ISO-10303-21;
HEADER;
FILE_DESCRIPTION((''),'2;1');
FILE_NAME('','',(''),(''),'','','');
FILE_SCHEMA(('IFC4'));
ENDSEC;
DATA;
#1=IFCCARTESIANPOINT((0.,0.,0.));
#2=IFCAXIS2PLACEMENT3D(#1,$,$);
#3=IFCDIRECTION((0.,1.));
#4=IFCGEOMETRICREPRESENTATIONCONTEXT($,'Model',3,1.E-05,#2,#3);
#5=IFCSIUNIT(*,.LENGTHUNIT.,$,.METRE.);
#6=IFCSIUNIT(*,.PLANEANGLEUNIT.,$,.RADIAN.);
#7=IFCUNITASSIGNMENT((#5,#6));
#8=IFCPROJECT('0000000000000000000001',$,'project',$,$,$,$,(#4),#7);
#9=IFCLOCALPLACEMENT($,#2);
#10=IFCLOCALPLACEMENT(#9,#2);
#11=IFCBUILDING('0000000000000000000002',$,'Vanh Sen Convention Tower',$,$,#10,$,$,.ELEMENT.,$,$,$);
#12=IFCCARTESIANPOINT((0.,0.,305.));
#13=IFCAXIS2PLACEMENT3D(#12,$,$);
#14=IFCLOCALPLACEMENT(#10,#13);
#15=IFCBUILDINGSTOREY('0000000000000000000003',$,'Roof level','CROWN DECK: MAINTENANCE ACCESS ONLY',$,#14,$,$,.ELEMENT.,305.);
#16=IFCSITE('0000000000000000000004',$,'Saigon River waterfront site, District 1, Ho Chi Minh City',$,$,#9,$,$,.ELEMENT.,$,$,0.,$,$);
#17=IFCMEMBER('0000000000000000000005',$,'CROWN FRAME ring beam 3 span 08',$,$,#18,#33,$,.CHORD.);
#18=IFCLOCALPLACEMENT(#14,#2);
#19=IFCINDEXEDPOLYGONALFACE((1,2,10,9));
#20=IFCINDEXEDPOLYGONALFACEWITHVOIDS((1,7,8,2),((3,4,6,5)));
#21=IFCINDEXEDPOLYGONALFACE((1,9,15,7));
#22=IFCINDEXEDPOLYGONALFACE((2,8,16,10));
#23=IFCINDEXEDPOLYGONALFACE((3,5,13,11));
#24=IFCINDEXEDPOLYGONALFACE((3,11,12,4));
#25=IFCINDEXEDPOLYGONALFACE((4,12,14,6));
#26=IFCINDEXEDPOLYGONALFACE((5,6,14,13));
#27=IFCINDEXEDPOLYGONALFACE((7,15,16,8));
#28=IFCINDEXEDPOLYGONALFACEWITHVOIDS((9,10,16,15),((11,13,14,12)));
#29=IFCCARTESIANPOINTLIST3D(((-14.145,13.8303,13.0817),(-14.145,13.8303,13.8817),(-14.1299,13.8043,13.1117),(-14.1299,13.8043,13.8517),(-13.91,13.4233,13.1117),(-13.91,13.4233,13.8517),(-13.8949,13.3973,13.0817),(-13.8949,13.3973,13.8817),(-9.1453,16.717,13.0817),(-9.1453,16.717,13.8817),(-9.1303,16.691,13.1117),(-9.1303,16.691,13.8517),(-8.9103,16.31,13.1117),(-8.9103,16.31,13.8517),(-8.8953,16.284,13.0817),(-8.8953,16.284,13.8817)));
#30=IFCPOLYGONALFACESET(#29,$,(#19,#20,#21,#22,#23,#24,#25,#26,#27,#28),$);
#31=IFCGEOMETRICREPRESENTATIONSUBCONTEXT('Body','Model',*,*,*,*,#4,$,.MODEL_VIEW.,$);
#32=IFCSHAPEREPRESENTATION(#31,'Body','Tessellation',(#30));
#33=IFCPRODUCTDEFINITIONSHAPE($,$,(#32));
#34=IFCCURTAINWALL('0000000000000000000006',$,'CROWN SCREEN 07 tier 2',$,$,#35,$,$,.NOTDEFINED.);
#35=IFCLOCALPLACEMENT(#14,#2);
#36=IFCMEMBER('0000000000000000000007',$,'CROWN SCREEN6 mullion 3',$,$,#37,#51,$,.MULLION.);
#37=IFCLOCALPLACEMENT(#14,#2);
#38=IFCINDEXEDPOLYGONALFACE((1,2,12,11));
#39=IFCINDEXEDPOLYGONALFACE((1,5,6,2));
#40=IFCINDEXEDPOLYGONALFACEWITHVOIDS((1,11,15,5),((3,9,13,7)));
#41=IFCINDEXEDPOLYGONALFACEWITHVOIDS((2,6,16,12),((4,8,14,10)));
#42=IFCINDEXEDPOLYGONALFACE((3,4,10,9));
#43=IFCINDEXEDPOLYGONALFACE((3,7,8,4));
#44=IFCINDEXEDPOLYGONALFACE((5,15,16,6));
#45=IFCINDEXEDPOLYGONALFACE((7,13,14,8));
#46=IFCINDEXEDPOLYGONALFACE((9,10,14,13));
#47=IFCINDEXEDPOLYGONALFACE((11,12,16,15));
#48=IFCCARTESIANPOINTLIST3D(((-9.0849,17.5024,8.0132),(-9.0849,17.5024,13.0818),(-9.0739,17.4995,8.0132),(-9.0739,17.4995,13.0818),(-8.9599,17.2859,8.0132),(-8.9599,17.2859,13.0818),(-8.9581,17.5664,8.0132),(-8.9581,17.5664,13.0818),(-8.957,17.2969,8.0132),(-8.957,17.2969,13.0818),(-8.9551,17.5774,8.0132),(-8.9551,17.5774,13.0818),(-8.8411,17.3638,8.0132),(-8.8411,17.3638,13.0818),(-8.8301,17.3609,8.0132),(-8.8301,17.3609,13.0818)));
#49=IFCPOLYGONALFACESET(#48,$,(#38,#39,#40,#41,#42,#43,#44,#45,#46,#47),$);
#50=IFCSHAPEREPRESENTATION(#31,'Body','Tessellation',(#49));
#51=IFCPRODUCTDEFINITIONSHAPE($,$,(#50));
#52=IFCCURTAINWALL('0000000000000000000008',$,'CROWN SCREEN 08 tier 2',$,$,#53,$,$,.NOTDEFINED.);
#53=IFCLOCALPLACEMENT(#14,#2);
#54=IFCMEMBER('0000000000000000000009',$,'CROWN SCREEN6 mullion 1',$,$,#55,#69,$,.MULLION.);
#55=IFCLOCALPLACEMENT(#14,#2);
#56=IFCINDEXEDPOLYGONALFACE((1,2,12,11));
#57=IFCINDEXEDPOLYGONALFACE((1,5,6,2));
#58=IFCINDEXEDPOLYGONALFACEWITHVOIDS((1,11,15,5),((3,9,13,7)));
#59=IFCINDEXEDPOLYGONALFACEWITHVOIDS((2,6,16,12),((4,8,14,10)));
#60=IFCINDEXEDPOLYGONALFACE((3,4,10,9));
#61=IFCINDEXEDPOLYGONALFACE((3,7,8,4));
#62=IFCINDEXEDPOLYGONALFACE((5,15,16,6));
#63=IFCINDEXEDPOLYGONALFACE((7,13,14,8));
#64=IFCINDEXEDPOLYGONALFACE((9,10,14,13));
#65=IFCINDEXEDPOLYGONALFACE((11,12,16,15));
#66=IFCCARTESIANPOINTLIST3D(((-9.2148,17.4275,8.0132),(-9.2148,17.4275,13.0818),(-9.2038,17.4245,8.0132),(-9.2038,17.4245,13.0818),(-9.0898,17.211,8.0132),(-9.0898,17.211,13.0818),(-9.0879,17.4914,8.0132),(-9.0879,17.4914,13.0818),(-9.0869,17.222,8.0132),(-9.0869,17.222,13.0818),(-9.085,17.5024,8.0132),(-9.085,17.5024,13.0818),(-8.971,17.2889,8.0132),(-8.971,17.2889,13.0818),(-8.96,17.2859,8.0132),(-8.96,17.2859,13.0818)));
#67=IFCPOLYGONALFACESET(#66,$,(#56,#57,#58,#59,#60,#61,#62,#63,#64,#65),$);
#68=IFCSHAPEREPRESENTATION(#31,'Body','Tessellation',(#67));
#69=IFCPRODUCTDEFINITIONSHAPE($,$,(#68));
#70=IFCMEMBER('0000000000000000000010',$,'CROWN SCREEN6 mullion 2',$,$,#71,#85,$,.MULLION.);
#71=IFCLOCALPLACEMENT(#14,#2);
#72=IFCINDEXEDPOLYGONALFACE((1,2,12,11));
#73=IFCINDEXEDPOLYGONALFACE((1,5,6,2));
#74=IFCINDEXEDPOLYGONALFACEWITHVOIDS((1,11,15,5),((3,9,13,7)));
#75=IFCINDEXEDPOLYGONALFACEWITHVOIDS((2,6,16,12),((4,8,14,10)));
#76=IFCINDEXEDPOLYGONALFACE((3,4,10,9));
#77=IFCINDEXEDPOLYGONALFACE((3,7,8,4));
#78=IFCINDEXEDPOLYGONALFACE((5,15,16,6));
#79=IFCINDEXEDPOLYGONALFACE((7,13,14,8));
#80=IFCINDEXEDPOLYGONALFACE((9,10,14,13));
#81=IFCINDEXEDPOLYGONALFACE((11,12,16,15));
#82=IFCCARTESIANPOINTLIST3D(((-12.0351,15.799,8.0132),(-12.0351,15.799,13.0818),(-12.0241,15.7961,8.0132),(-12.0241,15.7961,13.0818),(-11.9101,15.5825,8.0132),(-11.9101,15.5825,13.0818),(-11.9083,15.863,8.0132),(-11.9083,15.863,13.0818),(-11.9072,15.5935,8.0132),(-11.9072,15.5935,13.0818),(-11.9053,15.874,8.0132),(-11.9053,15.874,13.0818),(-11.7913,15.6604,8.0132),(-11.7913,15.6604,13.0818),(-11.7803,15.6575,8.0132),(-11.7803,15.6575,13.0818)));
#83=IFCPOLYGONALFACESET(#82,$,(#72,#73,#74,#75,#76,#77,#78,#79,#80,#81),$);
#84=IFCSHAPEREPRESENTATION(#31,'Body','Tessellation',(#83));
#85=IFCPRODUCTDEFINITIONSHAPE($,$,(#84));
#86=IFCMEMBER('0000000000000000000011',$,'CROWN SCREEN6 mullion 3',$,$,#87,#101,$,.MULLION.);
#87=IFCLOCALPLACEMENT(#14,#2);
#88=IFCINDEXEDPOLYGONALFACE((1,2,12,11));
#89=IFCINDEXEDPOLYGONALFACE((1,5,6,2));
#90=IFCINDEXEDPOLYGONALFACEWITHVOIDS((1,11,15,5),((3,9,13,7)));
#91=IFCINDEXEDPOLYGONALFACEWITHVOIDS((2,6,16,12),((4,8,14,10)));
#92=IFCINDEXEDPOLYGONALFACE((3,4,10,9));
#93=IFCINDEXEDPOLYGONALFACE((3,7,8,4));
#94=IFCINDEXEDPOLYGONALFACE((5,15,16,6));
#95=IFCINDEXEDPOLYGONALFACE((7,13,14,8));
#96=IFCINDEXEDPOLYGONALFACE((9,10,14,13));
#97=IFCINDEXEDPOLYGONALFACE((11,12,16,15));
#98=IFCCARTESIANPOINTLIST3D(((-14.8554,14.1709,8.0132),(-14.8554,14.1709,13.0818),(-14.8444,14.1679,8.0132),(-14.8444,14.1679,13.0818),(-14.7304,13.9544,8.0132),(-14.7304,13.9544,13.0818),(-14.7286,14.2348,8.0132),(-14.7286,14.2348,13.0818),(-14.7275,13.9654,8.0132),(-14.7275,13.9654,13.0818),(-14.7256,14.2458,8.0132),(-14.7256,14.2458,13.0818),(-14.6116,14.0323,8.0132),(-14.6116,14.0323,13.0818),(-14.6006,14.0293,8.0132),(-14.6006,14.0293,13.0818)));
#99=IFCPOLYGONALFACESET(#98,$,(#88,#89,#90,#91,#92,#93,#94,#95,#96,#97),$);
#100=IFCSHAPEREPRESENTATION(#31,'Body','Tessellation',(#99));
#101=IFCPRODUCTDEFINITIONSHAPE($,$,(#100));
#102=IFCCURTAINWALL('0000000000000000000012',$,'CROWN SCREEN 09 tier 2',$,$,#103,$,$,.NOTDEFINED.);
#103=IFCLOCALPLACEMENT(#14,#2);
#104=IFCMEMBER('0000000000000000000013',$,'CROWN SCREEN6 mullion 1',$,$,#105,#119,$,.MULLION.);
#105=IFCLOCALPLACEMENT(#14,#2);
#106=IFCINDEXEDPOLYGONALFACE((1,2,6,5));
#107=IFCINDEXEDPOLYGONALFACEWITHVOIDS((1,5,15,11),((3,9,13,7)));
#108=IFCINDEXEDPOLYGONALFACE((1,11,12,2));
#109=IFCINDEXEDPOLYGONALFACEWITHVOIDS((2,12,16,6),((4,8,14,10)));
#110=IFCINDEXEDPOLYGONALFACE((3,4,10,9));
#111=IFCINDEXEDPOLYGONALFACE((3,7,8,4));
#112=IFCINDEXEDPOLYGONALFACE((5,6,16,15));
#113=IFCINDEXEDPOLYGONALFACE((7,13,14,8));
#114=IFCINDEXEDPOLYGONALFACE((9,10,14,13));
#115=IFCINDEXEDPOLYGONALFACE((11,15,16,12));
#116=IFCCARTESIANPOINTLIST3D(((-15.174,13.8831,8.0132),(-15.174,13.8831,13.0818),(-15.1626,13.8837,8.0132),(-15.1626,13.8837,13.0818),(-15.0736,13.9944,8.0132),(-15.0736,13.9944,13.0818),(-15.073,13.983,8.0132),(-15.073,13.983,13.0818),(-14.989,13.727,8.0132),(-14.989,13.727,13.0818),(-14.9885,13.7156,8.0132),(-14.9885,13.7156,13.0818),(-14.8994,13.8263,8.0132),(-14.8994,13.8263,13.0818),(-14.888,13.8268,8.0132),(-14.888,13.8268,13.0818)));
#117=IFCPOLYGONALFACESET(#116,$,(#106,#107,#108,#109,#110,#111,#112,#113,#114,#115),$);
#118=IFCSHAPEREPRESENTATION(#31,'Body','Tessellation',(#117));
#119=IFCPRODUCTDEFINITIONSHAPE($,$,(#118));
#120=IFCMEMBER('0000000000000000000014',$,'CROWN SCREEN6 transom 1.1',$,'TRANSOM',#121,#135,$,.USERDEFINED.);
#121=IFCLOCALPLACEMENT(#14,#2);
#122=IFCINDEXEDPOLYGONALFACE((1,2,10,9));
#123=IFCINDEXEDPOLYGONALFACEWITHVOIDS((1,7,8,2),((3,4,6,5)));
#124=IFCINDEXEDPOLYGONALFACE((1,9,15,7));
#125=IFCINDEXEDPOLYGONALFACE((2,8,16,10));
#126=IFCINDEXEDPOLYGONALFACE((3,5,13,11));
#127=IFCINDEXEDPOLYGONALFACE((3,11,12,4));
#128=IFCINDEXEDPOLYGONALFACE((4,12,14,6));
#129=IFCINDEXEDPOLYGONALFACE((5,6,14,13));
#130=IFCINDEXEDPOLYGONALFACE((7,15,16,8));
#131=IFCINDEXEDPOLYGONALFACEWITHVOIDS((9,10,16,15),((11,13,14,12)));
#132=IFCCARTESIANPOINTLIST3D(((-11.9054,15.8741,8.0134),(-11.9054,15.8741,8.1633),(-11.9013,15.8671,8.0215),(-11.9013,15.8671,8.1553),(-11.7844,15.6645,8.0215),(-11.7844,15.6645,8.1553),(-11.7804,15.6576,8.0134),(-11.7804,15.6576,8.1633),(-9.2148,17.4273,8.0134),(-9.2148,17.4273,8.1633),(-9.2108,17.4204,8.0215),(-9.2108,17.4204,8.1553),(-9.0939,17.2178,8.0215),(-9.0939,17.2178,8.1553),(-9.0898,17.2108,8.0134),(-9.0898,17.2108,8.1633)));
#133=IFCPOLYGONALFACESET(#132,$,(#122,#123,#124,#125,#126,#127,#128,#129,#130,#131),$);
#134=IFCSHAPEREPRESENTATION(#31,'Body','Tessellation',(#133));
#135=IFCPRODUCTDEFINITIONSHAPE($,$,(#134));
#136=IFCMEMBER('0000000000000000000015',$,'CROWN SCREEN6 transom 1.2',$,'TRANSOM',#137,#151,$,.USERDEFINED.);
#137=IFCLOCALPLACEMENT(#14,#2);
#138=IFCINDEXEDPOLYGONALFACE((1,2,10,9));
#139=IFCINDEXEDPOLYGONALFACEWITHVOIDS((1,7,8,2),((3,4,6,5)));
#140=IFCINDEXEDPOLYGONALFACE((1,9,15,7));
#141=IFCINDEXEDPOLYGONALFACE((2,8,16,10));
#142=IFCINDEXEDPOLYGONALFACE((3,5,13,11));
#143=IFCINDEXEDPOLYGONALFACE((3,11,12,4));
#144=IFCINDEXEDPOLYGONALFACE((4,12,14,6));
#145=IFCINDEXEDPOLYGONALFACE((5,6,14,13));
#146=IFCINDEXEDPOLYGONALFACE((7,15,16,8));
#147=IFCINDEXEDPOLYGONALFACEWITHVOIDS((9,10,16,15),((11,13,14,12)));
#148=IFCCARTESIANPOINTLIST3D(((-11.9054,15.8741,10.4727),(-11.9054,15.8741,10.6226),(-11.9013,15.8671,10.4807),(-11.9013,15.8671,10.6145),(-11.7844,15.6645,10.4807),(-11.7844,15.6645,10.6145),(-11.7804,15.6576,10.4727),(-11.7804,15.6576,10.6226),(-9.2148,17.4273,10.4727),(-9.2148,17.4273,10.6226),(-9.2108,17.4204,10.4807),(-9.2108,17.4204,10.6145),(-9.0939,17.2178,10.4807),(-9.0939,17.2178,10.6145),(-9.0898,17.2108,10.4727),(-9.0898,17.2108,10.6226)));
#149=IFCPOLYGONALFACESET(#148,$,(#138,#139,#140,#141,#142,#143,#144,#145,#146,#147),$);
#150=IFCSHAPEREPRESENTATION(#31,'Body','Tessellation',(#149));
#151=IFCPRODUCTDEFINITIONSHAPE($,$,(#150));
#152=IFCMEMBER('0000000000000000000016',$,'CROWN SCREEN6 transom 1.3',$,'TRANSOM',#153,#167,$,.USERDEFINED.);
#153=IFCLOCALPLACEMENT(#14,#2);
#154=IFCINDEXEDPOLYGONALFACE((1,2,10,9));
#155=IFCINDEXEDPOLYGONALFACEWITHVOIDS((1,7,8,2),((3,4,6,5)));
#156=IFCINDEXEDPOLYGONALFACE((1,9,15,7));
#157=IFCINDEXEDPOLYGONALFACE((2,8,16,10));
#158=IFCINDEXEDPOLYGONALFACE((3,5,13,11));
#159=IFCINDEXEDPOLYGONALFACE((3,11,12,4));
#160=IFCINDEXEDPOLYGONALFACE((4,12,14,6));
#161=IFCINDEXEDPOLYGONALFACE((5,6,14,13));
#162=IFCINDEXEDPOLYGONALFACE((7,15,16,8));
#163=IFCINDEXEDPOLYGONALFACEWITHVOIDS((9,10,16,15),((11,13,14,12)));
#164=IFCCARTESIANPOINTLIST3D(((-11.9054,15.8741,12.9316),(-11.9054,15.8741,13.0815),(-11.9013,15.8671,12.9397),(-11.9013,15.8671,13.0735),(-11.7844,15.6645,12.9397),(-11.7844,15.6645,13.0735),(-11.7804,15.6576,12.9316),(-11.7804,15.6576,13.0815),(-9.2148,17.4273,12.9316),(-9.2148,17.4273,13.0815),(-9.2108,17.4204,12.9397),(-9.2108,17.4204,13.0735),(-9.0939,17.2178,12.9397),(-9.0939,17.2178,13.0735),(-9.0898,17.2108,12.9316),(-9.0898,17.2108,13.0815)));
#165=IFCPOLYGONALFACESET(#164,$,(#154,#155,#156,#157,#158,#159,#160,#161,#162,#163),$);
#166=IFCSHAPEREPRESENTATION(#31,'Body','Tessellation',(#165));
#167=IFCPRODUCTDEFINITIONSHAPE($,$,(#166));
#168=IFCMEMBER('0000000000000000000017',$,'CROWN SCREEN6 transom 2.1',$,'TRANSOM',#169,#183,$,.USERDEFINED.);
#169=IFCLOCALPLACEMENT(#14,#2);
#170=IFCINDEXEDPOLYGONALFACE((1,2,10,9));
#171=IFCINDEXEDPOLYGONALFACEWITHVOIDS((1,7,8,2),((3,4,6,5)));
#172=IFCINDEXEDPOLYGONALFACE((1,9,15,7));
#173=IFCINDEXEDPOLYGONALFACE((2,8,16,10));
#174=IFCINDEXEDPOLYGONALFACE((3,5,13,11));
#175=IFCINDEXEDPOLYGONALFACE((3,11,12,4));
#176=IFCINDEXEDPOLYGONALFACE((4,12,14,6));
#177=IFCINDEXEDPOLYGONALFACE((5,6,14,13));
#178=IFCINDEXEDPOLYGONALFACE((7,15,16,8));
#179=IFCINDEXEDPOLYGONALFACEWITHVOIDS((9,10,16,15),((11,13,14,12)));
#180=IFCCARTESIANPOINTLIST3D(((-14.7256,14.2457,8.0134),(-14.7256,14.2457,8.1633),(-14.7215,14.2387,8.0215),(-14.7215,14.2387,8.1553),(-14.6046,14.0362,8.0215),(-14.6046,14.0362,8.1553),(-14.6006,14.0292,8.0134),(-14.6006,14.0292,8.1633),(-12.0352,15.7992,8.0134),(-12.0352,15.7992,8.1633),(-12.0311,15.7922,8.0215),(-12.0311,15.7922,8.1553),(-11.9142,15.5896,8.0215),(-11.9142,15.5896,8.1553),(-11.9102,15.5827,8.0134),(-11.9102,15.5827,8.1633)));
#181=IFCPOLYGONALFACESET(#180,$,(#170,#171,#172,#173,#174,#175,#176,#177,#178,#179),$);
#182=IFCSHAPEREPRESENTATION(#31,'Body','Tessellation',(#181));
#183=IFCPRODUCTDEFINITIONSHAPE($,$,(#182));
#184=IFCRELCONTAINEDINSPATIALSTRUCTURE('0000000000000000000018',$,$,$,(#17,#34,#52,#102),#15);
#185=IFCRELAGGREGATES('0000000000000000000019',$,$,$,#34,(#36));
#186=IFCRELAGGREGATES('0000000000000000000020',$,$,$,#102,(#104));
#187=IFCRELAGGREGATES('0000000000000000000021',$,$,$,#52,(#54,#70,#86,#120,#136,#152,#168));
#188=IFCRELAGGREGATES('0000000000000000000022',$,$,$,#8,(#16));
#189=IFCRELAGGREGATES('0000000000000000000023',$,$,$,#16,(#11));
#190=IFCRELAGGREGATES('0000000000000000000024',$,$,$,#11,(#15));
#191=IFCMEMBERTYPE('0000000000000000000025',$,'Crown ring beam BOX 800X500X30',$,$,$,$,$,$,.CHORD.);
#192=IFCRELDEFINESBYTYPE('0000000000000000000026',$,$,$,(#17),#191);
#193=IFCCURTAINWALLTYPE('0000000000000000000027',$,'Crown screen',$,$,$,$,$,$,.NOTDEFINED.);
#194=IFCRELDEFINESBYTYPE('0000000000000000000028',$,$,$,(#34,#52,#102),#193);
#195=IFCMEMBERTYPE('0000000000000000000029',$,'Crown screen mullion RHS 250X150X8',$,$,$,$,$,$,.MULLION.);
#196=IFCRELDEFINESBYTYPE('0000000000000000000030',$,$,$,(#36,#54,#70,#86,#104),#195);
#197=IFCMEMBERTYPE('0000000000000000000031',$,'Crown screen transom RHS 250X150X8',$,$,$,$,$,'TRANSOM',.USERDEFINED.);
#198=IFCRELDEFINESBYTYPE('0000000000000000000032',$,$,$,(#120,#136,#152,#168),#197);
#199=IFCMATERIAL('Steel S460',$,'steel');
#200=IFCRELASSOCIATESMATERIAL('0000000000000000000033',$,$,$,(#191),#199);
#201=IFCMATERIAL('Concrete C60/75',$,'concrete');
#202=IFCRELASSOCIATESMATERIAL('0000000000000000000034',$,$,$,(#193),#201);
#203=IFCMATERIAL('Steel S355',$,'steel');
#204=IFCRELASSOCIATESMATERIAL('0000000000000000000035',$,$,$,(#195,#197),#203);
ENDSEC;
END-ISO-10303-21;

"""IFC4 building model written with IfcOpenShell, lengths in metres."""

from ifc_helpers import new_model, si_unit, direction, frame, origin, origin_2d, place, context, subcontext, project, spatial, hollow_rectangle, extrude, material, material_profile, profile_set, type_object, element, aggregate, save


model = new_model("IFC4")

# Units and contexts
model_context = context("Model", 3, precision=1e-05, world=origin(), true_north=direction((0.0, 1.0)))
body_context = subcontext(model_context, "Body", "Model", "MODEL_VIEW")
ifc_project = project(units=[si_unit("LENGTHUNIT", "METRE"), si_unit("PLANEANGLEUNIT", "RADIAN")], contexts=[model_context])

# Site, building, storey
site_placement = place(None, origin())
site = spatial("IfcSite", under=ifc_project, at=site_placement, Name="Saigon River waterfront site, District 1, Ho Chi Minh City", CompositionType="ELEMENT", RefElevation=0.0)
building_placement = place(site_placement, origin())
building = spatial("IfcBuilding", under=site, at=building_placement, Name="Vanh Sen Convention Tower", CompositionType="ELEMENT")
storey_placement = place(building_placement, frame((0.0, 0.0, 305.0)))
storey = spatial("IfcBuildingStorey", under=building, at=storey_placement, Name="Roof level", Description="CROWN DECK: MAINTENANCE ACCESS ONLY", CompositionType="ELEMENT", Elevation=305.0)

# Member
ifc_material_1 = material(Name="Steel S460", Category="steel")
ifc_material_profile_1 = material_profile(ifc_material_1, hollow_rectangle(XDim=0.5, YDim=0.8, WallThickness=0.03, at=origin_2d()), Name="BOX 800X500X30")
ifc_profile_set_1 = profile_set([ifc_material_profile_1], Name="Steel S460")
member_type_1 = type_object("IfcMemberType", Name="Crown ring beam BOX 800X500X30", PredefinedType="CHORD", material=ifc_profile_set_1)
member_1_placement = place(storey_placement, frame((-9.0203, 16.5005, 13.4817), z_axis=(-0.866017, -0.500014, 0.0), x_axis=(0.500014, -0.866017, 0.0)))
element("IfcMember", 1, at=member_1_placement, inside=storey, type_object=member_type_1, Name="CROWN FRAME ring beam 3 span 08", PredefinedType="CHORD", context=body_context, shape_type="SweptSolid", body=[
    extrude(hollow_rectangle(XDim=0.5, YDim=0.8, WallThickness=0.03, at=origin_2d()), origin(), (0.0, 0.0, 1.0), 5.7732),
])

# Curtain wall, member
ifc_material_2 = material(Name="Concrete C60/75", Category="concrete")
curtain_wall_type = type_object("IfcCurtainWallType", Name="Crown screen", PredefinedType="NOTDEFINED", material=ifc_material_2)
curtain_wall_1_placement = place(storey_placement, origin())
curtain_wall_1 = element("IfcCurtainWall", 2, at=curtain_wall_1_placement, inside=storey, type_object=curtain_wall_type, Name="CROWN SCREEN 07 tier 2", PredefinedType="NOTDEFINED")
ifc_material_3 = material(Name="Steel S355", Category="steel")
ifc_material_profile_2 = material_profile(ifc_material_3, hollow_rectangle(XDim=0.25, YDim=0.1499, WallThickness=0.0081, at=origin_2d()), Name="RHS 250X150X8")
ifc_profile_set_2 = profile_set([ifc_material_profile_2], Name="Steel S355")
member_type_2 = type_object("IfcMemberType", Name="Crown screen mullion RHS 250X150X8", PredefinedType="MULLION", material=ifc_profile_set_2)
member_2_placement = place(storey_placement, frame((-8.9575, 17.4316, 8.0132), z_axis=(0.0, 0.0, 1.0), x_axis=(0.500005, -0.866023, 0.0)))
member_2 = element("IfcMember", 3, at=member_2_placement, type_object=member_type_2, Name="CROWN SCREEN6 mullion 3", PredefinedType="MULLION", context=body_context, shape_type="SweptSolid", body=[
    extrude(hollow_rectangle(XDim=0.25, YDim=0.1499, WallThickness=0.0081, at=origin_2d()), origin(), (0.0, 0.0, 1.0), 5.0686),
])
aggregate(curtain_wall_1, [member_2])

# Curtain wall, members
curtain_wall_2_placement = place(storey_placement, origin())
curtain_wall_2 = element("IfcCurtainWall", 4, at=curtain_wall_2_placement, inside=storey, type_object=curtain_wall_type, Name="CROWN SCREEN 08 tier 2", PredefinedType="NOTDEFINED")
member_3_placement = place(storey_placement, frame((-9.0874, 17.3567, 8.0132), z_axis=(0.0, 0.0, 1.0), x_axis=(0.500005, -0.866023, 0.0)))
member_3 = element("IfcMember", 5, at=member_3_placement, type_object=member_type_2, Name="CROWN SCREEN6 mullion 1", PredefinedType="MULLION", context=body_context, shape_type="SweptSolid", body=[
    extrude(hollow_rectangle(XDim=0.25, YDim=0.1499, WallThickness=0.0081, at=origin_2d()), origin(), (0.0, 0.0, 1.0), 5.0686),
])
member_4_placement = place(storey_placement, frame((-11.9077, 15.7283, 8.0132), z_axis=(0.0, 0.0, 1.0), x_axis=(0.500005, -0.866023, 0.0)))
member_4 = element("IfcMember", 6, at=member_4_placement, type_object=member_type_2, Name="CROWN SCREEN6 mullion 2", PredefinedType="MULLION", context=body_context, shape_type="SweptSolid", body=[
    extrude(hollow_rectangle(XDim=0.25, YDim=0.1499, WallThickness=0.0081, at=origin_2d()), origin(), (0.0, 0.0, 1.0), 5.0686),
])
member_5_placement = place(storey_placement, frame((-14.728, 14.1001, 8.0132), z_axis=(0.0, 0.0, 1.0), x_axis=(0.500005, -0.866023, 0.0)))
member_5 = element("IfcMember", 7, at=member_5_placement, type_object=member_type_2, Name="CROWN SCREEN6 mullion 3", PredefinedType="MULLION", context=body_context, shape_type="SweptSolid", body=[
    extrude(hollow_rectangle(XDim=0.25, YDim=0.1499, WallThickness=0.0081, at=origin_2d()), origin(), (0.0, 0.0, 1.0), 5.0686),
])

# Curtain wall, member
curtain_wall_3_placement = place(storey_placement, origin())
curtain_wall_3 = element("IfcCurtainWall", 8, at=curtain_wall_3_placement, inside=storey, type_object=curtain_wall_type, Name="CROWN SCREEN 09 tier 2", PredefinedType="NOTDEFINED")
member_6_placement = place(storey_placement, frame((-15.031, 13.855, 8.0132), z_axis=(0.0, 0.0, 1.0), x_axis=(0.742232, -0.670143, 0.0)))
member_6 = element("IfcMember", 9, at=member_6_placement, type_object=member_type_2, Name="CROWN SCREEN6 mullion 1", PredefinedType="MULLION", context=body_context, shape_type="SweptSolid", body=[
    extrude(hollow_rectangle(XDim=0.25, YDim=0.1499, WallThickness=0.0081, at=origin_2d()), origin(), (0.0, 0.0, 1.0), 5.0686),
])

# Members
ifc_material_profile_3 = material_profile(ifc_material_3, hollow_rectangle(XDim=0.25, YDim=0.1499, WallThickness=0.0081, at=origin_2d()), Name="RHS 250X150X8")
ifc_profile_set_3 = profile_set([ifc_material_profile_3], Name="Steel S355")
member_type_3 = type_object("IfcMemberType", Name="Crown screen transom RHS 250X150X8", ElementType="TRANSOM", PredefinedType="USERDEFINED", material=ifc_profile_set_3)
member_7_placement = place(storey_placement, frame((-9.1523, 17.3191, 8.0884), z_axis=(-0.866039, -0.499976, 0.0), x_axis=(0.499976, -0.866039, 0.0)))
member_7 = element("IfcMember", 10, at=member_7_placement, type_object=member_type_3, Name="CROWN SCREEN6 transom 1.1", ObjectType="TRANSOM", PredefinedType="USERDEFINED", context=body_context, shape_type="SweptSolid", body=[
    extrude(hollow_rectangle(XDim=0.25, YDim=0.1499, WallThickness=0.0081, at=origin_2d()), origin(), (0.0, 0.0, 1.0), 3.1067),
])
member_8_placement = place(storey_placement, frame((-9.1523, 17.3191, 10.5476), z_axis=(-0.866039, -0.499976, 0.0), x_axis=(0.499976, -0.866039, 0.0)))
member_8 = element("IfcMember", 11, at=member_8_placement, type_object=member_type_3, Name="CROWN SCREEN6 transom 1.2", ObjectType="TRANSOM", PredefinedType="USERDEFINED", context=body_context, shape_type="SweptSolid", body=[
    extrude(hollow_rectangle(XDim=0.25, YDim=0.1499, WallThickness=0.0081, at=origin_2d()), origin(), (0.0, 0.0, 1.0), 3.1067),
])
member_9_placement = place(storey_placement, frame((-9.1523, 17.3191, 13.0066), z_axis=(-0.866039, -0.499976, 0.0), x_axis=(0.499976, -0.866039, 0.0)))
member_9 = element("IfcMember", 12, at=member_9_placement, type_object=member_type_3, Name="CROWN SCREEN6 transom 1.3", ObjectType="TRANSOM", PredefinedType="USERDEFINED", context=body_context, shape_type="SweptSolid", body=[
    extrude(hollow_rectangle(XDim=0.25, YDim=0.1499, WallThickness=0.0081, at=origin_2d()), origin(), (0.0, 0.0, 1.0), 3.1067),
])
member_10_placement = place(storey_placement, frame((-11.9727, 15.6909, 8.0884), z_axis=(-0.866005, -0.500035, 0.0), x_axis=(0.500035, -0.866005, 0.0)))
member_10 = element("IfcMember", 13, at=member_10_placement, type_object=member_type_3, Name="CROWN SCREEN6 transom 2.1", ObjectType="TRANSOM", PredefinedType="USERDEFINED", context=body_context, shape_type="SweptSolid", body=[
    extrude(hollow_rectangle(XDim=0.25, YDim=0.1499, WallThickness=0.0081, at=origin_2d()), origin(), (0.0, 0.0, 1.0), 3.1067),
])
aggregate(curtain_wall_3, [member_6])

aggregate(curtain_wall_2, [member_3, member_4, member_5, member_7, member_8, member_9, member_10])

save(model, "model.ifc")
